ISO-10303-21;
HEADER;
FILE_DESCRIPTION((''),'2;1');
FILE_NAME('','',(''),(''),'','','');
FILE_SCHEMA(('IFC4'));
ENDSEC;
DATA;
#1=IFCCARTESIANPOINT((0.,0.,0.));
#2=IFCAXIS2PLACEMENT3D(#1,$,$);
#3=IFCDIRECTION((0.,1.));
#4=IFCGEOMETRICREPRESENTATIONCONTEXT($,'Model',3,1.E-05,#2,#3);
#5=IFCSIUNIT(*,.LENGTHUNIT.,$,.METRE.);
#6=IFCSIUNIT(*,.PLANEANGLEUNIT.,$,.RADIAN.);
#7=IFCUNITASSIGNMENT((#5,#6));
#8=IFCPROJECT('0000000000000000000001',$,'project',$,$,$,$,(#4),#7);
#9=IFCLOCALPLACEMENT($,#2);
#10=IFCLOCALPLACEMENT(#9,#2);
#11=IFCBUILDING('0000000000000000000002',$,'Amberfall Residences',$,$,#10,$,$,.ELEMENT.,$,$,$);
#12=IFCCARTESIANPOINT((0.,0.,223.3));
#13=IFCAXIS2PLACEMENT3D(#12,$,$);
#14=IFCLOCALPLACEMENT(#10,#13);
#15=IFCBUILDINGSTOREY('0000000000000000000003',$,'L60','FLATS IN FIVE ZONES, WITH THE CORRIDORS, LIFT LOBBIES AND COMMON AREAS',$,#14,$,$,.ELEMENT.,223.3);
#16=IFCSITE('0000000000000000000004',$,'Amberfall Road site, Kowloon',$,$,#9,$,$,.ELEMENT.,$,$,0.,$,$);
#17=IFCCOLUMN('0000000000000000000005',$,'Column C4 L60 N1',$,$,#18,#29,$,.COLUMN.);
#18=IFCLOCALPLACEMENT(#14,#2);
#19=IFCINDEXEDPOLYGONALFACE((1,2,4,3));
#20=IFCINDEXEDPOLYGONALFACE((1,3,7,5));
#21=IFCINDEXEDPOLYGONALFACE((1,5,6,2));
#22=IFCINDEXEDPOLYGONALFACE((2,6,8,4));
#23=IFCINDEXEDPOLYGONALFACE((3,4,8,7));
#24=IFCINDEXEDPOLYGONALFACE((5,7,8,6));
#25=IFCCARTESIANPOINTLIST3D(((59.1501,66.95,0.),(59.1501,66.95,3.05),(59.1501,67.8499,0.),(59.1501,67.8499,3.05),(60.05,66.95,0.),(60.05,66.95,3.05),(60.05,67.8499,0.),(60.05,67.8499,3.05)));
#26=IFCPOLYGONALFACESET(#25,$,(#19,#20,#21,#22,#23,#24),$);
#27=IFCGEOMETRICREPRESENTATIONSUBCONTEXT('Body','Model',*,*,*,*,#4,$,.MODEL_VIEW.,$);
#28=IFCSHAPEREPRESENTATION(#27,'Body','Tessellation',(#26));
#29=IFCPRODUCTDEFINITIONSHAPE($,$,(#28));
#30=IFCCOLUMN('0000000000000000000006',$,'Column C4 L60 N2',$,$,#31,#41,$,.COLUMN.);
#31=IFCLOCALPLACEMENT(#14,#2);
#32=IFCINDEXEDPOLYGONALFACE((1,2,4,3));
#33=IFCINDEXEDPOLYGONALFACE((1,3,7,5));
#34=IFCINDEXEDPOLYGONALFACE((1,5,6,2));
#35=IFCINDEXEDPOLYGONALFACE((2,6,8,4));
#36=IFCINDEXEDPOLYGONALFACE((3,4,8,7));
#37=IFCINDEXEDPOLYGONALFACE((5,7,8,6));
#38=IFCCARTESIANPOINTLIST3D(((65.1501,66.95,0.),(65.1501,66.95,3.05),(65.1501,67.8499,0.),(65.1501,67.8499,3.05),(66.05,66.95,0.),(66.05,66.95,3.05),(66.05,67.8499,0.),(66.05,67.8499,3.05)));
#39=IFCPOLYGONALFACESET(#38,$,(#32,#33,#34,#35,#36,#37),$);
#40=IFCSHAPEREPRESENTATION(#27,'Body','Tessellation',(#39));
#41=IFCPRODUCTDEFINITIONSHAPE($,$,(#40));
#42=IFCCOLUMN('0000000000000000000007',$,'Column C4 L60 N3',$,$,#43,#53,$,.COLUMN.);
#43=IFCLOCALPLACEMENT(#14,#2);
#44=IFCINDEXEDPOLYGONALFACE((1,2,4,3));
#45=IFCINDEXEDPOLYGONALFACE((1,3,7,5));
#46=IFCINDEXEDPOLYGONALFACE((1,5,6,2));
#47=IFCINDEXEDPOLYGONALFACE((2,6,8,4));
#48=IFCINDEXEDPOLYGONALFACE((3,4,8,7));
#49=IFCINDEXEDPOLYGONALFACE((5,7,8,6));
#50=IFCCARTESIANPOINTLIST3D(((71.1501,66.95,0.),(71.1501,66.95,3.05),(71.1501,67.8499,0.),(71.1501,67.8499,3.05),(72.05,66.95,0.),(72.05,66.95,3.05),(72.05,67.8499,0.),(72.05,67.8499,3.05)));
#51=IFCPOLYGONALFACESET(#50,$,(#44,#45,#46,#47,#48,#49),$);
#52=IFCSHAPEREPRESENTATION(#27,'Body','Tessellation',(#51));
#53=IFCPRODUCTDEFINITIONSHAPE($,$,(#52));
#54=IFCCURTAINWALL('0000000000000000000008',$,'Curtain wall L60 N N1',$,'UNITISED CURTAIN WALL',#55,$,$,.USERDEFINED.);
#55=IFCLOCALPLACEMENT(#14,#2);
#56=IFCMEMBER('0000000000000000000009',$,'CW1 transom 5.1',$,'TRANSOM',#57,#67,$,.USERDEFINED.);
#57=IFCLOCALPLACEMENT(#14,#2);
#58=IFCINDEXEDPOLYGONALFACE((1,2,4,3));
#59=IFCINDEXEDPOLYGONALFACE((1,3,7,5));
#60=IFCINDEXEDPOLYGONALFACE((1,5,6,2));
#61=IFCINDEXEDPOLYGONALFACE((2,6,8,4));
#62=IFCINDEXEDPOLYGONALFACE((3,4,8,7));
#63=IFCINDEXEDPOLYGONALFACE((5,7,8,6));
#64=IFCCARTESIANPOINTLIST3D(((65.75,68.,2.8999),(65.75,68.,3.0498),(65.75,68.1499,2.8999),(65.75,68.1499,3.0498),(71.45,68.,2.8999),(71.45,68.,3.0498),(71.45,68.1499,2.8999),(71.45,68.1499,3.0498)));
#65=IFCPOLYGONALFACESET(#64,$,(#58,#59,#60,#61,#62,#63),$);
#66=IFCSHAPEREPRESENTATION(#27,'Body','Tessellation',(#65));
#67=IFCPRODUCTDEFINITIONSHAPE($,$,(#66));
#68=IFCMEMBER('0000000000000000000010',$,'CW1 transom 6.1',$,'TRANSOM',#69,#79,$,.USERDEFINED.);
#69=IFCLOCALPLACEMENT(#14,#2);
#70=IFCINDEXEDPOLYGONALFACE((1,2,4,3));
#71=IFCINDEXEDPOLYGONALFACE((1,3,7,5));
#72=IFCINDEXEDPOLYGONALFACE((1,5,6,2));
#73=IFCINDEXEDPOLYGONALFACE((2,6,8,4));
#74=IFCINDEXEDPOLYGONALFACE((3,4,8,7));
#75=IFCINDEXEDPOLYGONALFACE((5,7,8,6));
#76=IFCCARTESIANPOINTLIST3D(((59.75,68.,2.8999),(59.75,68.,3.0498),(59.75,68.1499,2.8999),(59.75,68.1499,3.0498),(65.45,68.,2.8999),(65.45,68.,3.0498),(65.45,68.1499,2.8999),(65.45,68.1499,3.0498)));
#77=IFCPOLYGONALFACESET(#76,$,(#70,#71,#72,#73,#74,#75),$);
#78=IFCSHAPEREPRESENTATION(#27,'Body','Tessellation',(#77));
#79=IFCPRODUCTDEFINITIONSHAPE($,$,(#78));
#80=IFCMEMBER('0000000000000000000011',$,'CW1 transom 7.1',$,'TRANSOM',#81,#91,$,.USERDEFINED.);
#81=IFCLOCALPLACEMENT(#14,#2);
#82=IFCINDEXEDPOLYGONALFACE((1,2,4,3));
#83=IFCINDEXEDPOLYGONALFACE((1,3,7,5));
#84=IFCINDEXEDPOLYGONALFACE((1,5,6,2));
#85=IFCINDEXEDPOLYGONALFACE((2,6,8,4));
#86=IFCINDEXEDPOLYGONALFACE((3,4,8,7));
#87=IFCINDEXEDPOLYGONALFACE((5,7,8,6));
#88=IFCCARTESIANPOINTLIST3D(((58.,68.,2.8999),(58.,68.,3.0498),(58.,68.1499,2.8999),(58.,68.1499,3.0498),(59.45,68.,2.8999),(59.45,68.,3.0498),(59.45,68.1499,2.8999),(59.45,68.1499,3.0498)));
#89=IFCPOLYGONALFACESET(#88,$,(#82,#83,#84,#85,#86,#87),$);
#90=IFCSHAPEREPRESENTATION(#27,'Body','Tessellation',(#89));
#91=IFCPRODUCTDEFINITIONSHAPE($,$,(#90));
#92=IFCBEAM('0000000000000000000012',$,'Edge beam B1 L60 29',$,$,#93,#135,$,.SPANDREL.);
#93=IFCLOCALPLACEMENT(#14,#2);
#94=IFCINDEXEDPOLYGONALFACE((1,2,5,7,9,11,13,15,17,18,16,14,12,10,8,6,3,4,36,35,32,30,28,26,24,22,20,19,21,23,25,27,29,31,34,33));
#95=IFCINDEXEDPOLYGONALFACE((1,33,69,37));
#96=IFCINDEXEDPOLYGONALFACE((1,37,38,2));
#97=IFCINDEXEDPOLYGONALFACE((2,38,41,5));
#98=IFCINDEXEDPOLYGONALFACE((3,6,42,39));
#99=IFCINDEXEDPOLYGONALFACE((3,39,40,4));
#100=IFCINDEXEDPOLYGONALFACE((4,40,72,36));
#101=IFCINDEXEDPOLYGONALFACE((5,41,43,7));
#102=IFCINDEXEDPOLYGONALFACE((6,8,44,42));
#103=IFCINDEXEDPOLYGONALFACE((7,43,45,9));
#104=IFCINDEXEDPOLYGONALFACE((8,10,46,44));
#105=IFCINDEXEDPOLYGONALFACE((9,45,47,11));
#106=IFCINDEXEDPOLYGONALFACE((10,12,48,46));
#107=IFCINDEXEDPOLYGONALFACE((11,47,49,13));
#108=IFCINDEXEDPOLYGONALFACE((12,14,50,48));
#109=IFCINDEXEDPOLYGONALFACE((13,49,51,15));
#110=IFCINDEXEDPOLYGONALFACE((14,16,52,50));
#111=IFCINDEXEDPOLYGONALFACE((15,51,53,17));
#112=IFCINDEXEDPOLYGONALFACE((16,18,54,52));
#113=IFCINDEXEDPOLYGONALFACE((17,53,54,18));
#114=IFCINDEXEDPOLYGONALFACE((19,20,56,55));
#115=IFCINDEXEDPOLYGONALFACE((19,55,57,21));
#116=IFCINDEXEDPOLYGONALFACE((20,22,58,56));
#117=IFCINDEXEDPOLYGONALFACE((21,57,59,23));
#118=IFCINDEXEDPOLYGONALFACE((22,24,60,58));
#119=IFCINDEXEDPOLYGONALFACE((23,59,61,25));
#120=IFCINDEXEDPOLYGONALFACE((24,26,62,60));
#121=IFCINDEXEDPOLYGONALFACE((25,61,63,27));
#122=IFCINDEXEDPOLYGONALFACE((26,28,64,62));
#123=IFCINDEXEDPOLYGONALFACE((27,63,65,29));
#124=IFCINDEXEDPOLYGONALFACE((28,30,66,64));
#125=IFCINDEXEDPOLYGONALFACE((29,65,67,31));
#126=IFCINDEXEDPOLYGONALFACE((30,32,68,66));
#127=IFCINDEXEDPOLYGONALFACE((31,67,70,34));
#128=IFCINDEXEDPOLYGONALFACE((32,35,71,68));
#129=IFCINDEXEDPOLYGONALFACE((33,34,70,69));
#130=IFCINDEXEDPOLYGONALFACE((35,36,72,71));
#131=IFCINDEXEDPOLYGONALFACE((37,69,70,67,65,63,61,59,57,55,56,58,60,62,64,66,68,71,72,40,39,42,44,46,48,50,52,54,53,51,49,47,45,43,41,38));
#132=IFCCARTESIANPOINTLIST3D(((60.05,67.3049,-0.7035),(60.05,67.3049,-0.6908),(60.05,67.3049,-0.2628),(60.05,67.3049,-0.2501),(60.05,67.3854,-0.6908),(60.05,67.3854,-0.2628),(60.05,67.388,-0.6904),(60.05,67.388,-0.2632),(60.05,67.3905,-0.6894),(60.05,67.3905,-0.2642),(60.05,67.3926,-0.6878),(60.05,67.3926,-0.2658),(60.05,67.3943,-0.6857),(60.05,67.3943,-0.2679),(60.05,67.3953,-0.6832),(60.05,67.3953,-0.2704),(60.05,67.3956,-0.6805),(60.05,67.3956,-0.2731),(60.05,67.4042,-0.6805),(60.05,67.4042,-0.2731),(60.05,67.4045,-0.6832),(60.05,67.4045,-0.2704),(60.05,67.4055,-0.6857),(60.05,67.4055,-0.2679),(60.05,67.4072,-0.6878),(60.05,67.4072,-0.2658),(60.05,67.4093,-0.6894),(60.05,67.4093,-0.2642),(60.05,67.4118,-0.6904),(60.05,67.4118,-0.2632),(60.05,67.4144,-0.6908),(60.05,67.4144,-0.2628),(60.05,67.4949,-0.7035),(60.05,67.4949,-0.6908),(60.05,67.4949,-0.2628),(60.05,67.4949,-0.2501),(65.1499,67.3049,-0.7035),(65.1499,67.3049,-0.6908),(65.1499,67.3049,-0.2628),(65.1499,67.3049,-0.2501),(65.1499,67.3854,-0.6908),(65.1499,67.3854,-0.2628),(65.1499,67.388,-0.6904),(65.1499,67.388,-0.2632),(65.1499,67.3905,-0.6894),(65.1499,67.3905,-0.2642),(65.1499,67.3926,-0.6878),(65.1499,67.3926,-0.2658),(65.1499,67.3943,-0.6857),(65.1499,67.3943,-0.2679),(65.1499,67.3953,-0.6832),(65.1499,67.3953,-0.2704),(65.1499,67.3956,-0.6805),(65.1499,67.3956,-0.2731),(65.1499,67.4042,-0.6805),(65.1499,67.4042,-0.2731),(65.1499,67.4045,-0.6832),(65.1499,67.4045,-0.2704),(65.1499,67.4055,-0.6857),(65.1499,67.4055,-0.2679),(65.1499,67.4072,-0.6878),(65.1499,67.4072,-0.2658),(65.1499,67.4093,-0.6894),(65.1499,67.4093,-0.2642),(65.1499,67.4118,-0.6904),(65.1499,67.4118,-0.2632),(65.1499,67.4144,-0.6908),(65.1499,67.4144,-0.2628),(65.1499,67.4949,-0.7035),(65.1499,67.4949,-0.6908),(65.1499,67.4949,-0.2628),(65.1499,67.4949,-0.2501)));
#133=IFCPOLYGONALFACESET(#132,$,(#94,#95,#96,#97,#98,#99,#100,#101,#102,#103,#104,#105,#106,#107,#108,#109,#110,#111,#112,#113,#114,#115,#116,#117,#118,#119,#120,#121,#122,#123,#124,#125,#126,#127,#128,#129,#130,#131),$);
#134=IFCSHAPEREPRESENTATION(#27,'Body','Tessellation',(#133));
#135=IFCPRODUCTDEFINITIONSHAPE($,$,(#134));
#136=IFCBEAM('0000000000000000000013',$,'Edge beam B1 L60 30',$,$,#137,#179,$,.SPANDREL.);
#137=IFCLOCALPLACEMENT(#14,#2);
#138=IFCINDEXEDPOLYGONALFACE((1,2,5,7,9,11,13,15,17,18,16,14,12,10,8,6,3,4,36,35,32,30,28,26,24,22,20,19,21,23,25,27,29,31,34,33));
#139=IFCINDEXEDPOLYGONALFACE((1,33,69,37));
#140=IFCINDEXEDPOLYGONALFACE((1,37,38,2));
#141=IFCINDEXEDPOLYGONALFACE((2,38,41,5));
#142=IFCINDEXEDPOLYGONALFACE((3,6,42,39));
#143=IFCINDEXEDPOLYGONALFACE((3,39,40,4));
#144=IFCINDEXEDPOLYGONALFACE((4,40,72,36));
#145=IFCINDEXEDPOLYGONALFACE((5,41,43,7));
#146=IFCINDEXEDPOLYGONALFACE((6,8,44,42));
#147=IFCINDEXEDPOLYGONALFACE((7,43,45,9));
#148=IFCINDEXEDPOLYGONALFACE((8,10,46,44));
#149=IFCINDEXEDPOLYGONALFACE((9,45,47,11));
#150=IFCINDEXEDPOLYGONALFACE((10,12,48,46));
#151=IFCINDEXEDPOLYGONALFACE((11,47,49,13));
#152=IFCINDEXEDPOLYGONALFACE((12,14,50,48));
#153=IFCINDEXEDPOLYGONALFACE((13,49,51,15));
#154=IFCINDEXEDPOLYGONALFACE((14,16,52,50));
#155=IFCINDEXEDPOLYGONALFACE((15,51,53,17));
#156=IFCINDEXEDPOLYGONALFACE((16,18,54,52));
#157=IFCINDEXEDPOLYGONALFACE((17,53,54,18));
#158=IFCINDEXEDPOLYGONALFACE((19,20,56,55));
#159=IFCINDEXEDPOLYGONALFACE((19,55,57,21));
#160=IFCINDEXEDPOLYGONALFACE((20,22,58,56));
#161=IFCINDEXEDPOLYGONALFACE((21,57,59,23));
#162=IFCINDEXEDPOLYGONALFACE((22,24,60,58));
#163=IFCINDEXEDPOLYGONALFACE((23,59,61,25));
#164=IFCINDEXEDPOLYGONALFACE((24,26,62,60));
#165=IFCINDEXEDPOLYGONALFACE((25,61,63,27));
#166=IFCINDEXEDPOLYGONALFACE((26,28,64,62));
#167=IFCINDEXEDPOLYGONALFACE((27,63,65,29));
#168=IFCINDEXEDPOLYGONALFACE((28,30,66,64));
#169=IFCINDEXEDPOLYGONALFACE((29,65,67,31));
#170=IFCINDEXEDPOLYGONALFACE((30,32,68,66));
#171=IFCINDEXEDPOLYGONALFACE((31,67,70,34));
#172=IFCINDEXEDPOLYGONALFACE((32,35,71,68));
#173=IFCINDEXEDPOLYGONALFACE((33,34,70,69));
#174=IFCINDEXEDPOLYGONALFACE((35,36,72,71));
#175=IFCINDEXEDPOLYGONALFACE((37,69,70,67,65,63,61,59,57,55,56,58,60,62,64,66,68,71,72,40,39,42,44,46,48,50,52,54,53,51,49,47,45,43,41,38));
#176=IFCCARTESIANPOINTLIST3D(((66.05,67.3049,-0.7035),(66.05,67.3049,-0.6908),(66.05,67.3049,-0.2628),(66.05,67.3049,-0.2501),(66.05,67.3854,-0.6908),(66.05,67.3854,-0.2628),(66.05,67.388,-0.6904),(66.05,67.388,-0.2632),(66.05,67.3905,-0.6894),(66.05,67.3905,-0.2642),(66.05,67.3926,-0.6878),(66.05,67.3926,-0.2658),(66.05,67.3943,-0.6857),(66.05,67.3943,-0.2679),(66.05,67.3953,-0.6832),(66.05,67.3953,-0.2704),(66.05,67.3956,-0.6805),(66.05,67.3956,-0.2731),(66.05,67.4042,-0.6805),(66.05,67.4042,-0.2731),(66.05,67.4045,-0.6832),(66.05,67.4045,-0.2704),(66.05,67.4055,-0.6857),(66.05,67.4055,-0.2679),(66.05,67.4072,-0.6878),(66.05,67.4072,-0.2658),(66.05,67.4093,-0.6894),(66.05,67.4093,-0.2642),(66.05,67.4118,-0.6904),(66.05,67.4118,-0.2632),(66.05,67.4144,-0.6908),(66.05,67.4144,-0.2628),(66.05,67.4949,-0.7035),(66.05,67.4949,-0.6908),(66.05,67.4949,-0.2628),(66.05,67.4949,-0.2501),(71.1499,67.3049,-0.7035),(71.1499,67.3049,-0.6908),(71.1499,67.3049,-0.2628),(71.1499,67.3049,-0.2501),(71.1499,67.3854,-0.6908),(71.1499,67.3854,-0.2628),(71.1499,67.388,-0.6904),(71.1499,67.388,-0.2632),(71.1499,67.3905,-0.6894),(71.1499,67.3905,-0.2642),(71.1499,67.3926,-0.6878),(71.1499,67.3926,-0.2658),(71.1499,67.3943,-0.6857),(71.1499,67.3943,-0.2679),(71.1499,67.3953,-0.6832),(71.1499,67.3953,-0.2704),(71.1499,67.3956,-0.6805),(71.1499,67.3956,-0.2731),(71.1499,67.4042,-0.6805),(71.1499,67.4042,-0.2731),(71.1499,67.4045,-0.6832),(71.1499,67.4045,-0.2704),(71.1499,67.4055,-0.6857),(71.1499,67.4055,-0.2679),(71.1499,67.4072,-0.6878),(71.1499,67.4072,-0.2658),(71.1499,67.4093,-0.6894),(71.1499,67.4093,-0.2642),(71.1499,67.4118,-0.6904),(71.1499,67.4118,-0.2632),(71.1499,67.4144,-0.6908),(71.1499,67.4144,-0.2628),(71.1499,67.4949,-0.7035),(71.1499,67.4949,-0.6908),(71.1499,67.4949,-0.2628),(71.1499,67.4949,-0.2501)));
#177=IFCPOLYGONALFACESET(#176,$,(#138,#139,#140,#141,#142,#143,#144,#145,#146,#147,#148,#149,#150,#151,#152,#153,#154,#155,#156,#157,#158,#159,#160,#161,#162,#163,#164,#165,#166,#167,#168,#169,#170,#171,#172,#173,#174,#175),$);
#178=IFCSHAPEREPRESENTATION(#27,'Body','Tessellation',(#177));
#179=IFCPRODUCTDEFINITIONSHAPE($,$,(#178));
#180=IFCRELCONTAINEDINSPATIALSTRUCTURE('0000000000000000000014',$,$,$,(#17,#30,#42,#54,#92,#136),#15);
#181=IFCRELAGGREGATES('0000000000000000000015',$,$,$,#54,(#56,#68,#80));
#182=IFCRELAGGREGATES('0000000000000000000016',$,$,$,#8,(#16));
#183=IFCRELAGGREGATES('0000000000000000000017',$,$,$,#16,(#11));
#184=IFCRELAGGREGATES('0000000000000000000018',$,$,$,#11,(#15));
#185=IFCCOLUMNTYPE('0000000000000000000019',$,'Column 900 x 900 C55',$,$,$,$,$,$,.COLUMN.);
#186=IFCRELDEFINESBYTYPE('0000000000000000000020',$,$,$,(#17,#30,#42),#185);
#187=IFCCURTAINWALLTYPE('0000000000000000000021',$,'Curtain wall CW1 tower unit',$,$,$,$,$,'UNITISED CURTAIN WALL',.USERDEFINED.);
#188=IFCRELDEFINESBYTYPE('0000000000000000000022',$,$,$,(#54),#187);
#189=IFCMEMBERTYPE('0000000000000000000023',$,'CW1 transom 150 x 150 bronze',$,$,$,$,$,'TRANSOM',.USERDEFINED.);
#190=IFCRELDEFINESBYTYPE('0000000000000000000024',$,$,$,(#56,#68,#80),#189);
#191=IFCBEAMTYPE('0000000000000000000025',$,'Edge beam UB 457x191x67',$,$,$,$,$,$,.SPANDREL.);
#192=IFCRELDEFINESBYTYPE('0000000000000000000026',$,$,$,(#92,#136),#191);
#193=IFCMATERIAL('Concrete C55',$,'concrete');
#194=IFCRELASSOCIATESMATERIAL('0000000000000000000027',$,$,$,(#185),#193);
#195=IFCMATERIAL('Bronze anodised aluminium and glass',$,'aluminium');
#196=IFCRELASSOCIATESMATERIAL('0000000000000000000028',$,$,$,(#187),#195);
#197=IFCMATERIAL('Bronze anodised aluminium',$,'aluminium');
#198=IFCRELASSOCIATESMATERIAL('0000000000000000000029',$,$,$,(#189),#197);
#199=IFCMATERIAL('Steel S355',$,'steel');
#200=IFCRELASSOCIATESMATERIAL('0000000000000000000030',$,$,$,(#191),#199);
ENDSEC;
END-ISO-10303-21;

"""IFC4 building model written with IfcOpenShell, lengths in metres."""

from ifc_helpers import new_model, si_unit, direction, frame, origin, origin_2d, place, context, subcontext, project, spatial, rectangle, i_section, extrude, material, material_profile, profile_set, type_object, element, aggregate, save


model = new_model("IFC4")

# Units and contexts
model_context = context("Model", 3, precision=1e-05, world=origin(), true_north=direction((0.0, 1.0)))
body_context = subcontext(model_context, "Body", "Model", "MODEL_VIEW")
ifc_project = project(units=[si_unit("LENGTHUNIT", "METRE"), si_unit("PLANEANGLEUNIT", "RADIAN")], contexts=[model_context])

# Site, building, storey
site_placement = place(None, origin())
site = spatial("IfcSite", under=ifc_project, at=site_placement, Name="Amberfall Road site, Kowloon", CompositionType="ELEMENT", RefElevation=0.0)
building_placement = place(site_placement, origin())
building = spatial("IfcBuilding", under=site, at=building_placement, Name="Amberfall Residences", CompositionType="ELEMENT")
storey_placement = place(building_placement, frame((0.0, 0.0, 223.3)))
storey = spatial("IfcBuildingStorey", under=building, at=storey_placement, Name="L60", Description="FLATS IN FIVE ZONES, WITH THE CORRIDORS, LIFT LOBBIES AND COMMON AREAS", CompositionType="ELEMENT", Elevation=223.3)

# Columns
ifc_material_1 = material(Name="Concrete C55", Category="concrete")
ifc_material_profile_1 = material_profile(ifc_material_1, rectangle(XDim=0.8999, YDim=0.8999, at=origin_2d()), Name="Column 900 x 900 C55")
ifc_profile_set_1 = profile_set([ifc_material_profile_1], Name="Concrete C55")
column_type = type_object("IfcColumnType", Name="Column 900 x 900 C55", PredefinedType="COLUMN", material=ifc_profile_set_1)
for number, where, z_axis, x_axis, name in (
    (1, (59.6001, 67.3999, 0.0), (0.0, 0.0, 1.0), (1.0, 0.0, 0.0), "Column C4 L60 N1"),
    (2, (65.6001, 67.3999, 0.0), (0.0, 0.0, 1.0), (1.0, 0.0, 0.0), "Column C4 L60 N2"),
    (3, (71.6001, 67.3999, 0.0), (0.0, 0.0, 1.0), (1.0, 0.0, 0.0), "Column C4 L60 N3"),
):
    element("IfcColumn", number, at=place(storey_placement, frame(where, z_axis=z_axis, x_axis=x_axis)), inside=storey, type_object=column_type, Name=name, PredefinedType="COLUMN", context=body_context, shape_type="SweptSolid", body=[
        extrude(rectangle(XDim=0.8999, YDim=0.8999, at=origin_2d()), origin(), (0.0, 0.0, 1.0), 3.05),
    ])

# Curtain wall, members
ifc_material_2 = material(Name="Bronze anodised aluminium and glass", Category="aluminium")
curtain_wall_type = type_object("IfcCurtainWallType", Name="Curtain wall CW1 tower unit", ElementType="UNITISED CURTAIN WALL", PredefinedType="USERDEFINED", material=ifc_material_2)
curtain_wall_placement = place(storey_placement, origin())
curtain_wall = element("IfcCurtainWall", 4, at=curtain_wall_placement, inside=storey, type_object=curtain_wall_type, Name="Curtain wall L60 N N1", ObjectType="UNITISED CURTAIN WALL", PredefinedType="USERDEFINED")
ifc_material_3 = material(Name="Bronze anodised aluminium", Category="aluminium")
ifc_material_profile_2 = material_profile(ifc_material_3, rectangle(XDim=0.1499, YDim=0.1499, at=origin_2d()), Name="CW1 transom 150 x 150 bronze")
ifc_profile_set_2 = profile_set([ifc_material_profile_2], Name="Bronze anodised aluminium")
member_type_1 = type_object("IfcMemberType", Name="CW1 transom 150 x 150 bronze", ElementType="TRANSOM", PredefinedType="USERDEFINED", material=ifc_profile_set_2)
member_1_placement = place(storey_placement, frame((71.45, 68.075, 2.9749), z_axis=(-1.0, 0.0, 0.0), x_axis=(0.0, -1.0, 0.0)))
member_1 = element("IfcMember", 5, at=member_1_placement, type_object=member_type_1, Name="CW1 transom 5.1", ObjectType="TRANSOM", PredefinedType="USERDEFINED", context=body_context, shape_type="SweptSolid", body=[
    extrude(rectangle(XDim=0.1499, YDim=0.1499, at=origin_2d()), origin(), (0.0, 0.0, 1.0), 5.7),
])
member_2_placement = place(storey_placement, frame((65.45, 68.075, 2.9749), z_axis=(-1.0, 0.0, 0.0), x_axis=(0.0, -1.0, 0.0)))
member_2 = element("IfcMember", 6, at=member_2_placement, type_object=member_type_1, Name="CW1 transom 6.1", ObjectType="TRANSOM", PredefinedType="USERDEFINED", context=body_context, shape_type="SweptSolid", body=[
    extrude(rectangle(XDim=0.1499, YDim=0.1499, at=origin_2d()), origin(), (0.0, 0.0, 1.0), 5.7),
])
member_3_placement = place(storey_placement, frame((59.45, 68.075, 2.9749), z_axis=(-1.0, 0.0, 0.0), x_axis=(0.0, -1.0, 0.0)))
member_3 = element("IfcMember", 7, at=member_3_placement, type_object=member_type_1, Name="CW1 transom 7.1", ObjectType="TRANSOM", PredefinedType="USERDEFINED", context=body_context, shape_type="SweptSolid", body=[
    extrude(rectangle(XDim=0.1499, YDim=0.1499, at=origin_2d()), origin(), (0.0, 0.0, 1.0), 1.45),
])

# Beams
ifc_material_4 = material(Name="Steel S355", Category="steel")
ifc_material_profile_3 = material_profile(ifc_material_4, i_section(OverallWidth=0.1899, OverallDepth=0.4534, WebThickness=0.0085, FlangeThickness=0.0127, FilletRadius=0.0103, at=origin_2d()), Name="UB 457x191x67")
ifc_profile_set_3 = profile_set([ifc_material_profile_3], Name="Steel S355")
beam_type_1 = type_object("IfcBeamType", Name="Edge beam UB 457x191x67", PredefinedType="SPANDREL", material=ifc_profile_set_3)
for number, where, z_axis, x_axis, name in (
    (8, (60.05, 67.3999, -0.4768), (1.0, 0.0, 0.0), (0.0, 1.0, 0.0), "Edge beam B1 L60 29"),
    (9, (66.05, 67.3999, -0.4768), (1.0, 0.0, 0.0), (0.0, 1.0, 0.0), "Edge beam B1 L60 30"),
):
    element("IfcBeam", number, at=place(storey_placement, frame(where, z_axis=z_axis, x_axis=x_axis)), inside=storey, type_object=beam_type_1, Name=name, PredefinedType="SPANDREL", context=body_context, shape_type="SweptSolid", body=[
        extrude(i_section(OverallWidth=0.1899, OverallDepth=0.4534, WebThickness=0.0085, FlangeThickness=0.0127, FilletRadius=0.0103, at=origin_2d()), origin(), (0.0, 0.0, 1.0), 5.0999),
    ])

aggregate(curtain_wall, [member_1, member_2, member_3])

save(model, "model.ifc")
